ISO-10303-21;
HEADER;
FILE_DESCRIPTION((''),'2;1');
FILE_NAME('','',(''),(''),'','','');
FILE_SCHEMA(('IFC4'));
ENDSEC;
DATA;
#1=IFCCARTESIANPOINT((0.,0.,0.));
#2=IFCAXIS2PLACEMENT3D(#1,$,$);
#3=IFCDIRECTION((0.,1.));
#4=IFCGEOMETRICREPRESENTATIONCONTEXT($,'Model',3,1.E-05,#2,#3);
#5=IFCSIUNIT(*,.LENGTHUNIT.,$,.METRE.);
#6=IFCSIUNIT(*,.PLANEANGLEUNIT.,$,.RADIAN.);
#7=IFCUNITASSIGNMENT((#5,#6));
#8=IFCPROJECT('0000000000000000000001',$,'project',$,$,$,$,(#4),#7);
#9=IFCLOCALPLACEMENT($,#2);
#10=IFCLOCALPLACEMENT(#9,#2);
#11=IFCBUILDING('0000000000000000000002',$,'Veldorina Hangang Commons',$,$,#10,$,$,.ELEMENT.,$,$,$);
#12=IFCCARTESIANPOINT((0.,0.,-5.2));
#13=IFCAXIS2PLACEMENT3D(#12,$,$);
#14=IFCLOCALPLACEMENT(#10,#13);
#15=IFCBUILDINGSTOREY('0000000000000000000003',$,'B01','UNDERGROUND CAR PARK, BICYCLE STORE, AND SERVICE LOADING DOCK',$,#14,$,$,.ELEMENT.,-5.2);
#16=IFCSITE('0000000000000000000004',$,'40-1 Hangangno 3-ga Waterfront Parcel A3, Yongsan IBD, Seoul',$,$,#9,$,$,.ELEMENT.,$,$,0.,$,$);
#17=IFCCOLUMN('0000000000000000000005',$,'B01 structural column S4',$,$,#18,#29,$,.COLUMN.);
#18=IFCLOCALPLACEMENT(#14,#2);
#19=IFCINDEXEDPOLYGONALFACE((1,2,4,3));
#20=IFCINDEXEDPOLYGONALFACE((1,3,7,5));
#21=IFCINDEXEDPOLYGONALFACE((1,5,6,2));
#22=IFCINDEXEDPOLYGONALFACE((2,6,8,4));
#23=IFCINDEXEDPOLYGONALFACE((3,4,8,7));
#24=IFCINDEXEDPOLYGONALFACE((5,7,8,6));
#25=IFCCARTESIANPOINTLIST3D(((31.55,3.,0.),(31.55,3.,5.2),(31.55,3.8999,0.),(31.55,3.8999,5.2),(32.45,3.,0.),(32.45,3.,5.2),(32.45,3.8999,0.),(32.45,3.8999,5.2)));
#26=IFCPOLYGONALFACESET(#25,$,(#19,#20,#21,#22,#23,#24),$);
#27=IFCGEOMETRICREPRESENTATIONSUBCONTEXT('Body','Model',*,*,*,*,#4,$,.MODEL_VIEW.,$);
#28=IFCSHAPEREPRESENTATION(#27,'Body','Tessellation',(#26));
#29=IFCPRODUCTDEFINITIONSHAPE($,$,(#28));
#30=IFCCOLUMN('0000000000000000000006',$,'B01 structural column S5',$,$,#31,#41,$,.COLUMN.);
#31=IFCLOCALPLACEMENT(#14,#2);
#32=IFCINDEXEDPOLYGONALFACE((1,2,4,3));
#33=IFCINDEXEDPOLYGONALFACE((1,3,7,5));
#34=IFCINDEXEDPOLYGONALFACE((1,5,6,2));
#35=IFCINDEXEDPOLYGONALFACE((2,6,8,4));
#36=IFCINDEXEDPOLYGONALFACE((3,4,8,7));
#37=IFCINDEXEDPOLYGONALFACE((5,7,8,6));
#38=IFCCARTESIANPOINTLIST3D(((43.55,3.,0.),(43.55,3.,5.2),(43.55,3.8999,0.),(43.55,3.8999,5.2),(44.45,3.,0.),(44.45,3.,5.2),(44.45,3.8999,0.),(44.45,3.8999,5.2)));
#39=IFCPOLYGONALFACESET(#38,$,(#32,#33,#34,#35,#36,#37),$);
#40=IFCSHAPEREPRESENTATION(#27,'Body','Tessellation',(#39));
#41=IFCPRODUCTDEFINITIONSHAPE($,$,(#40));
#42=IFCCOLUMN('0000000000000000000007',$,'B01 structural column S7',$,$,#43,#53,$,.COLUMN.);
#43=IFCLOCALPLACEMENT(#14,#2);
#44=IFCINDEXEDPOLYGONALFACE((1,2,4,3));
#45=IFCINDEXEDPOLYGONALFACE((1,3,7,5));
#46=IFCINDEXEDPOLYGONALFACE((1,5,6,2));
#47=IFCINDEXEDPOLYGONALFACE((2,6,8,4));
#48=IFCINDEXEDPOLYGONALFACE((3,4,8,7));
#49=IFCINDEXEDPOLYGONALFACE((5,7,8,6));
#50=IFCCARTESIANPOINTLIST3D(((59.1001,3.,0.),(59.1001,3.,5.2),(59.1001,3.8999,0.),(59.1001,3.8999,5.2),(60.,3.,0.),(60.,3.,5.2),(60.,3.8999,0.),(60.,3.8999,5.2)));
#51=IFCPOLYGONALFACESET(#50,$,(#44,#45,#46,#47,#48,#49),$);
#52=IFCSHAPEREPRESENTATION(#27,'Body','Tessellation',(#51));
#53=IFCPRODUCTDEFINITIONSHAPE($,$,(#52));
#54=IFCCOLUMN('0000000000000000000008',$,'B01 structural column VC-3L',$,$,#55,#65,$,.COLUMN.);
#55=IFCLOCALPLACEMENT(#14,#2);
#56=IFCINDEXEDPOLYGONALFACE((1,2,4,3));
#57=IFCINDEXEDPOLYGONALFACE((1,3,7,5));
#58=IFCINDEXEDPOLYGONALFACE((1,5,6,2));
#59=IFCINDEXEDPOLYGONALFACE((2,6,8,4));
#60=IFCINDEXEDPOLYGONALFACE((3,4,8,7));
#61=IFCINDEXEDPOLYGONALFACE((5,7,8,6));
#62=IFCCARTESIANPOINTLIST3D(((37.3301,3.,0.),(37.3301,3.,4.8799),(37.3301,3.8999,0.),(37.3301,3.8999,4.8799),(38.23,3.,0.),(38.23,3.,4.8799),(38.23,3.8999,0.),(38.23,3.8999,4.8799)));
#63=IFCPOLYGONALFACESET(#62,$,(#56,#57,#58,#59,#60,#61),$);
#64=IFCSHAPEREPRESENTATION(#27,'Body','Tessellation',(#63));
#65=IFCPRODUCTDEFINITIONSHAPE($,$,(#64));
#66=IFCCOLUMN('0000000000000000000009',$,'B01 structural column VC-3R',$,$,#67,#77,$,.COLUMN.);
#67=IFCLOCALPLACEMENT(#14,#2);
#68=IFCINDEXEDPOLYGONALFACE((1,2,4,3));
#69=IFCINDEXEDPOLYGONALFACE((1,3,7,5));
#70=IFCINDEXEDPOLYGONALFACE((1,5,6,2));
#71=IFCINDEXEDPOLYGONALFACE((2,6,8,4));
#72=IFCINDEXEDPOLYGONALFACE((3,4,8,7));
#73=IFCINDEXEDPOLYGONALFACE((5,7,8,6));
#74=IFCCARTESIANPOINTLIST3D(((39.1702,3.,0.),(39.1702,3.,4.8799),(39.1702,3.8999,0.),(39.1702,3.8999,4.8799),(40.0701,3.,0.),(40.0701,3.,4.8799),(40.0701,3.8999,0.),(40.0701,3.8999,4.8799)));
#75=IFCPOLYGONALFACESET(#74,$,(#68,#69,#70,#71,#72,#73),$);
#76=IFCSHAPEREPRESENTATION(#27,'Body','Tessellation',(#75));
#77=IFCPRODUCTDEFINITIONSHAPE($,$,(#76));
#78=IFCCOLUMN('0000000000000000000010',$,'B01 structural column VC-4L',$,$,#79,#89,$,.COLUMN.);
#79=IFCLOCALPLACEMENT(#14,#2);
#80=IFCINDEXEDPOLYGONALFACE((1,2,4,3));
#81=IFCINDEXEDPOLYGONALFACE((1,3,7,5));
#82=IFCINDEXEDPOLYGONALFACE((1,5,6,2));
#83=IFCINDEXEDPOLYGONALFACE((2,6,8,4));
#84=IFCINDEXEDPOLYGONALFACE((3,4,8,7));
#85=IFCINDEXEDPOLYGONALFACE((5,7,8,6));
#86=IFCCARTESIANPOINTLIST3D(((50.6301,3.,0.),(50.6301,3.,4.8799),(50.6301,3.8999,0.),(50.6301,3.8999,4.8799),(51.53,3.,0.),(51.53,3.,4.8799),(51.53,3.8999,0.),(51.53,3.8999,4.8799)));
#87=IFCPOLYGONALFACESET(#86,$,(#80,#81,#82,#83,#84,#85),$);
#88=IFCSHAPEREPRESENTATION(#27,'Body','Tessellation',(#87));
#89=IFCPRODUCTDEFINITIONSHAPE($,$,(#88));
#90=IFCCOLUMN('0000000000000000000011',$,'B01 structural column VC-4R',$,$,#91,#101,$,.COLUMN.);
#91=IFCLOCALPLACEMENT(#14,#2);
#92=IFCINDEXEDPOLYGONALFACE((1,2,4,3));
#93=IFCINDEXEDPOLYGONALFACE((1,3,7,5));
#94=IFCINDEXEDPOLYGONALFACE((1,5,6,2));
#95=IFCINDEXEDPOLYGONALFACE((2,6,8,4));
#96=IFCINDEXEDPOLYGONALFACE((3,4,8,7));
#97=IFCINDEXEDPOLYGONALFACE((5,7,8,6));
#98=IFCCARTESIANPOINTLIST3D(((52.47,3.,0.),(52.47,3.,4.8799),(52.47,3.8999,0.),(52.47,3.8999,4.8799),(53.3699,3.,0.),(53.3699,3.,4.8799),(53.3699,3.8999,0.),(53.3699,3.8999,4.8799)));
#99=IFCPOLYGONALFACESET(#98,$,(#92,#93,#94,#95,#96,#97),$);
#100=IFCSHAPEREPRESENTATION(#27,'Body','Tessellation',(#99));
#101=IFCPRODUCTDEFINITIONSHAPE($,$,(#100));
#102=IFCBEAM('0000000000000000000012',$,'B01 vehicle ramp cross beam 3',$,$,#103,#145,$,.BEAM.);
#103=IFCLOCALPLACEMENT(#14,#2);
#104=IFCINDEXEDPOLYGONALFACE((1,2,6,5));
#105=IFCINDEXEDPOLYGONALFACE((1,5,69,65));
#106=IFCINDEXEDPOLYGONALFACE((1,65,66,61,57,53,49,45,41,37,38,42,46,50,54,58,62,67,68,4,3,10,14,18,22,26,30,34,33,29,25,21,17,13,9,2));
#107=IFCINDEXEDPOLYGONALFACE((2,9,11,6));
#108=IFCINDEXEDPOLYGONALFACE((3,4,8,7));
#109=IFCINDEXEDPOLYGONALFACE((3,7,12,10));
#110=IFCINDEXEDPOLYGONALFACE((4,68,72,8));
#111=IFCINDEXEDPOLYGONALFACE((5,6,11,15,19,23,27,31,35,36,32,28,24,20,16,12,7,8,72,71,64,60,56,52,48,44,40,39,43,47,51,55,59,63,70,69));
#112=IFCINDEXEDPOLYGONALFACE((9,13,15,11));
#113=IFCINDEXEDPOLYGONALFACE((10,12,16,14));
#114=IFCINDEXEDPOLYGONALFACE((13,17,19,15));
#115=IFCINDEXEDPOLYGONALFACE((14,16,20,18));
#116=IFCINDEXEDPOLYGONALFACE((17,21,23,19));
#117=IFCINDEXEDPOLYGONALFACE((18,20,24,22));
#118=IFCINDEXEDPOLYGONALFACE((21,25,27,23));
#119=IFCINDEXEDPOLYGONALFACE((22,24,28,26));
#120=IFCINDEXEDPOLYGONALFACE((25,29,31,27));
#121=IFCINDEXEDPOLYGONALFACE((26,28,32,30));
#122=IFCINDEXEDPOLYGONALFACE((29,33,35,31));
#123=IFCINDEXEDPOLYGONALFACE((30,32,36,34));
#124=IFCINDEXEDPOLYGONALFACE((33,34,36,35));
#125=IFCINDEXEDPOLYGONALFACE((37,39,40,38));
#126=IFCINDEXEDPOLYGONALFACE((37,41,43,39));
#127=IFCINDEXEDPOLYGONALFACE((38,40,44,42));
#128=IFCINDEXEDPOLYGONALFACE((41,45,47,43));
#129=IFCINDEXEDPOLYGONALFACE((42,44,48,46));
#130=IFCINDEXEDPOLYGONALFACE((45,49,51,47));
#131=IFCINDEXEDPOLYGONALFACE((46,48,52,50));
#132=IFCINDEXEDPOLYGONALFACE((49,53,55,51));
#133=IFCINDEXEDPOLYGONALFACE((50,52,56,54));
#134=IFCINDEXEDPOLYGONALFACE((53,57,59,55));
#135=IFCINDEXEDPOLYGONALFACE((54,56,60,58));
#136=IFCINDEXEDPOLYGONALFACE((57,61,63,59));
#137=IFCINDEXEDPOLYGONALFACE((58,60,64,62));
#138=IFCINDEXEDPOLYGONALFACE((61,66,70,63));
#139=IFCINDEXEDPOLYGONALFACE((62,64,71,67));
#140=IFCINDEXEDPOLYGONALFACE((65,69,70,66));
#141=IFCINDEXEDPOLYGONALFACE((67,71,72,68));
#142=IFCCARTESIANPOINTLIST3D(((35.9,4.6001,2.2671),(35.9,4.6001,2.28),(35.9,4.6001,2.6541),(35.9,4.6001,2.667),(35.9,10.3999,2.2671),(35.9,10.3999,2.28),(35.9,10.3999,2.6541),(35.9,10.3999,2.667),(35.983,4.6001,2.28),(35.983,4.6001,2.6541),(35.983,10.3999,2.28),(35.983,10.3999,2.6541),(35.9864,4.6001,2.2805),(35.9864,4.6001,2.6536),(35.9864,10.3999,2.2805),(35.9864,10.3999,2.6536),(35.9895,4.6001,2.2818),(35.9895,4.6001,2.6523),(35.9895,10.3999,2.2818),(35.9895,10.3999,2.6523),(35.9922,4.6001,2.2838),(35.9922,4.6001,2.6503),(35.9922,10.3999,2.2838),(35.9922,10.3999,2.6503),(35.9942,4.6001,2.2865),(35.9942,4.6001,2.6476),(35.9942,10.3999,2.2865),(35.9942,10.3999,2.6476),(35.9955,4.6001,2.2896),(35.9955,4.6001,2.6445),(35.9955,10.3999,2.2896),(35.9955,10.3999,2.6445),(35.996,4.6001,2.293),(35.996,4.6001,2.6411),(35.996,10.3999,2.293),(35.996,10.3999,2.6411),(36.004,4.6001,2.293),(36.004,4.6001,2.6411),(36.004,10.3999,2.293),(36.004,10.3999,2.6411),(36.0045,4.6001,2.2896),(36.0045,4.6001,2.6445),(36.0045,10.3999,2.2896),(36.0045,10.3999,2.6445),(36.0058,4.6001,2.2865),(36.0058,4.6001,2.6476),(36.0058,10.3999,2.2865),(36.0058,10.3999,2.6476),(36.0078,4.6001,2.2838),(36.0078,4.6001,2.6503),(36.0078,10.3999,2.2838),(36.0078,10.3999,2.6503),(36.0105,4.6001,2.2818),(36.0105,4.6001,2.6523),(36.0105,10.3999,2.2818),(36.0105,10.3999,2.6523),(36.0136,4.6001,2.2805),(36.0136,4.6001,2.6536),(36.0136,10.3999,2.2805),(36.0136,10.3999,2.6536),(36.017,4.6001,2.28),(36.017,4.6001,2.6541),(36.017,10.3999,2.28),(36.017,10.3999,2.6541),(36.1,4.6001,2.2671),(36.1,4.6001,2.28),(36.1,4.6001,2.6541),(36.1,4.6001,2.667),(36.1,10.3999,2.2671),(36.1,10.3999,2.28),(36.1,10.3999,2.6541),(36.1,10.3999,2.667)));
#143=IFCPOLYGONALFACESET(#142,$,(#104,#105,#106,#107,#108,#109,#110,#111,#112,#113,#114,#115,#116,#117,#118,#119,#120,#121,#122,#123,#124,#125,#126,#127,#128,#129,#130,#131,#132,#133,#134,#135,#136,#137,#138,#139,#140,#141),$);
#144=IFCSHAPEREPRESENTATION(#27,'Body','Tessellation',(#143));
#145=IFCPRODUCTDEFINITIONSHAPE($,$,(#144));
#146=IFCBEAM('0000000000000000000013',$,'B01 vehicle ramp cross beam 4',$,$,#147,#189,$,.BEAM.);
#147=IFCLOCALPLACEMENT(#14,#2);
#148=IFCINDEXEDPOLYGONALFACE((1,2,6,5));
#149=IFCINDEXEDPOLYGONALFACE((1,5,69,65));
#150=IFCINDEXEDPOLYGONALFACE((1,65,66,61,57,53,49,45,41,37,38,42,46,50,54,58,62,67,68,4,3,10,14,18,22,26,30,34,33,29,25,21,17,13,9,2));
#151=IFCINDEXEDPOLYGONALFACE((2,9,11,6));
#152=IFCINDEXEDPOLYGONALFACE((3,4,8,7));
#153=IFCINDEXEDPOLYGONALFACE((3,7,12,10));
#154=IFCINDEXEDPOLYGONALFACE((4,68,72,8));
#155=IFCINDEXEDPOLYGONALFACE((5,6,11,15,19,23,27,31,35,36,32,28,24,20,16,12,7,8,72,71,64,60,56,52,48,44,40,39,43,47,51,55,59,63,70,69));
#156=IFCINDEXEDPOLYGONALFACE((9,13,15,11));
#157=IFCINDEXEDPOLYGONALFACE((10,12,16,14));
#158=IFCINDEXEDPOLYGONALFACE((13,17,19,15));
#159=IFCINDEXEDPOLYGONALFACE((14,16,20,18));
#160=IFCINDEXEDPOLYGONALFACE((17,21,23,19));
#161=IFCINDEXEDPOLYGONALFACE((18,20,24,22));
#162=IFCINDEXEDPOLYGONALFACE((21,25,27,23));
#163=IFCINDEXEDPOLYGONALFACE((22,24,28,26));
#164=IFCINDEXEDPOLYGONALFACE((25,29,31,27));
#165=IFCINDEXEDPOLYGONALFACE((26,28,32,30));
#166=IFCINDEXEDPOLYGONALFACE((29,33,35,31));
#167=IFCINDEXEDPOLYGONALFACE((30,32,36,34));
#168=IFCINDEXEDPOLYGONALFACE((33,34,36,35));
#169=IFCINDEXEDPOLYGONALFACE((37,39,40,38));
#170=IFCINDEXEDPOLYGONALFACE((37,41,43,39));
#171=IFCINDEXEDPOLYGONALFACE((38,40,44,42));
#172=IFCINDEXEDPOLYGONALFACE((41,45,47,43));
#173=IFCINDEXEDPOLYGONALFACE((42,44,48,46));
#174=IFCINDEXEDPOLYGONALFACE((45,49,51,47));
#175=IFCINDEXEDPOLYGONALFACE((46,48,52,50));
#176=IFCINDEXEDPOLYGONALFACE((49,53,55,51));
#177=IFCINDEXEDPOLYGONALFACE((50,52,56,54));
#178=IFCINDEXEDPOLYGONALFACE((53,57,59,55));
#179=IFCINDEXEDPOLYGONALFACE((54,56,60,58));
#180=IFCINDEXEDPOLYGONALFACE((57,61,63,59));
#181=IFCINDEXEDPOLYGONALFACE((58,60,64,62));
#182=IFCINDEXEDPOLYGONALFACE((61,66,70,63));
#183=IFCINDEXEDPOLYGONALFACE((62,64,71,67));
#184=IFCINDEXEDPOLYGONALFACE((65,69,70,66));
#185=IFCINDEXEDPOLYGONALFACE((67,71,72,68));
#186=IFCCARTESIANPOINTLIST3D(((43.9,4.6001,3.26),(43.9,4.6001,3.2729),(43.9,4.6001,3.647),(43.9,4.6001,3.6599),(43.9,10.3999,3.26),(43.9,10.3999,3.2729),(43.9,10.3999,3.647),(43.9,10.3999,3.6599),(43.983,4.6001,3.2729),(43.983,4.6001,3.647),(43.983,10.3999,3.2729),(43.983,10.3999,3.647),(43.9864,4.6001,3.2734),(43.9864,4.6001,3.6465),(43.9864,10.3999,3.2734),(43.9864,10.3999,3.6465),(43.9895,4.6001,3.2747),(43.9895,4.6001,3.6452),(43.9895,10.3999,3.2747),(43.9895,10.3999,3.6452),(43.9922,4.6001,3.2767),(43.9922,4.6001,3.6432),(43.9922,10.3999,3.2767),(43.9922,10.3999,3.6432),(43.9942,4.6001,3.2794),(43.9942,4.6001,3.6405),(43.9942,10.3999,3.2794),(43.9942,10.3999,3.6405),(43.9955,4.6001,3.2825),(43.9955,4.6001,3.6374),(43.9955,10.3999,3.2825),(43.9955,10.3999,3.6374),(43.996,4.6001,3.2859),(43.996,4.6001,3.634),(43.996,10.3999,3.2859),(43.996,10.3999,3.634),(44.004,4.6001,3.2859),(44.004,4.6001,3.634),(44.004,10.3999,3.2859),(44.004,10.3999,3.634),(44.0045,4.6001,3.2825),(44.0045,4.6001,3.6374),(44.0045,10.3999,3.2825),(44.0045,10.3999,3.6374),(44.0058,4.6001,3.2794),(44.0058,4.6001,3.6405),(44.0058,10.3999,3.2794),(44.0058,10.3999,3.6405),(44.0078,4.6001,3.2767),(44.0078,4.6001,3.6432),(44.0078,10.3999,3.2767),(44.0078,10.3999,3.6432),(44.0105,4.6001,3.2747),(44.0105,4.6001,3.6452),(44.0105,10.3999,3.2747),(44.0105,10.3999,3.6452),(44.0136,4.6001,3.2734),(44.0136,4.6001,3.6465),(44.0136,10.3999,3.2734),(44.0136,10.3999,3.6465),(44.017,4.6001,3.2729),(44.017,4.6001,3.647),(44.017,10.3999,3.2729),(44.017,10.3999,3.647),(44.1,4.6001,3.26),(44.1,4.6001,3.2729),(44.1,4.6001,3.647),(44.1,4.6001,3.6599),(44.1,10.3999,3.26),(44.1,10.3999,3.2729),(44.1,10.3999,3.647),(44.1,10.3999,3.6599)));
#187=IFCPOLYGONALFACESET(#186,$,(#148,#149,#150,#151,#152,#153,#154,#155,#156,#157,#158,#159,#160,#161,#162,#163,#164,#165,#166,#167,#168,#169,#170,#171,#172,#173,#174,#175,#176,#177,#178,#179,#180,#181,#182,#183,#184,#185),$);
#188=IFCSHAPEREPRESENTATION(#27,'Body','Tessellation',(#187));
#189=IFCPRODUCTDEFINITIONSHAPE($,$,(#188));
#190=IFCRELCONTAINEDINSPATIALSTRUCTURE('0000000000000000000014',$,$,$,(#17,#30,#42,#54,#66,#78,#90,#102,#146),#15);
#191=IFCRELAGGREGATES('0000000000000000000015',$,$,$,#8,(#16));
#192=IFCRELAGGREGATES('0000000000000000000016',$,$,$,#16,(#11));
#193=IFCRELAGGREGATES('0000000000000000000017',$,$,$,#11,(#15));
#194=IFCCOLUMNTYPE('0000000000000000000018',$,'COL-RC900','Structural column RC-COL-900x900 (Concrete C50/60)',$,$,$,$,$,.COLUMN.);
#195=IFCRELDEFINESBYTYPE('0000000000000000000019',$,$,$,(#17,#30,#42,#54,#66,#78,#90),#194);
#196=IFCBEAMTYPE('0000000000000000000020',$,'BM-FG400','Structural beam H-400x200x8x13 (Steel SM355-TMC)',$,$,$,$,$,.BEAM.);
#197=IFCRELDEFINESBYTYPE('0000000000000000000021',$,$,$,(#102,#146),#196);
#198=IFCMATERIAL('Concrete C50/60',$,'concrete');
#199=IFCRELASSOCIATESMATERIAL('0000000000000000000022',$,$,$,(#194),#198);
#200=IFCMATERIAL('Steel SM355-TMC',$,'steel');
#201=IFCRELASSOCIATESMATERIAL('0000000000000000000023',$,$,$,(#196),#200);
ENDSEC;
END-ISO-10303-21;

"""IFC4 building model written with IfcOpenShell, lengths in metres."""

from ifc_helpers import new_model, si_unit, direction, frame, origin, origin_2d, place, context, subcontext, project, spatial, rectangle, i_section, extrude, material, material_profile, profile_set, type_object, element, save


model = new_model("IFC4")

# Units and contexts
model_context = context("Model", 3, precision=1e-05, world=origin(), true_north=direction((0.0, 1.0)))
body_context = subcontext(model_context, "Body", "Model", "MODEL_VIEW")
ifc_project = project(units=[si_unit("LENGTHUNIT", "METRE"), si_unit("PLANEANGLEUNIT", "RADIAN")], contexts=[model_context])

# Site, building, storey
site_placement = place(None, origin())
site = spatial("IfcSite", under=ifc_project, at=site_placement, Name="40-1 Hangangno 3-ga Waterfront Parcel A3, Yongsan IBD, Seoul", CompositionType="ELEMENT", RefElevation=0.0)
building_placement = place(site_placement, origin())
building = spatial("IfcBuilding", under=site, at=building_placement, Name="Veldorina Hangang Commons", CompositionType="ELEMENT")
storey_placement = place(building_placement, frame((0.0, 0.0, -5.2)))
storey = spatial("IfcBuildingStorey", under=building, at=storey_placement, Name="B01", Description="UNDERGROUND CAR PARK, BICYCLE STORE, AND SERVICE LOADING DOCK", CompositionType="ELEMENT", Elevation=-5.2)

# Columns
ifc_material_1 = material(Name="Concrete C50/60", Category="concrete")
ifc_material_profile_1 = material_profile(ifc_material_1, rectangle(XDim=0.8999, YDim=0.8999, at=origin_2d()), Name="RC-COL-900x900")
ifc_profile_set_1 = profile_set([ifc_material_profile_1], Name="Concrete C50/60")
column_type_1 = type_object("IfcColumnType", Name="COL-RC900", Description="Structural column RC-COL-900x900 (Concrete C50/60)", PredefinedType="COLUMN", material=ifc_profile_set_1)
for number, where, z_axis, x_axis, name in (
    (1, (32.0, 3.45, 0.0), (0.0, 0.0, 1.0), (1.0, 0.0, 0.0), "B01 structural column S4"),
    (2, (44.0, 3.45, 0.0), (0.0, 0.0, 1.0), (1.0, 0.0, 0.0), "B01 structural column S5"),
    (3, (59.55, 3.45, 0.0), (0.0, 0.0, 1.0), (1.0, 0.0, 0.0), "B01 structural column S7"),
):
    element("IfcColumn", number, at=place(storey_placement, frame(where, z_axis=z_axis, x_axis=x_axis)), inside=storey, type_object=column_type_1, Name=name, PredefinedType="COLUMN", context=body_context, shape_type="SweptSolid", body=[
        extrude(rectangle(XDim=0.8999, YDim=0.8999, at=origin_2d()), origin(), (0.0, 0.0, 1.0), 5.2),
    ])
for number, where, z_axis, x_axis, name in (
    (4, (37.78, 3.45, 0.0), (0.0, 0.0, 1.0), (1.0, 0.0, 0.0), "B01 structural column VC-3L"),
    (5, (39.6201, 3.45, 0.0), (0.0, 0.0, 1.0), (1.0, 0.0, 0.0), "B01 structural column VC-3R"),
    (6, (51.0801, 3.45, 0.0), (0.0, 0.0, 1.0), (1.0, 0.0, 0.0), "B01 structural column VC-4L"),
    (7, (52.9199, 3.45, 0.0), (0.0, 0.0, 1.0), (1.0, 0.0, 0.0), "B01 structural column VC-4R"),
):
    element("IfcColumn", number, at=place(storey_placement, frame(where, z_axis=z_axis, x_axis=x_axis)), inside=storey, type_object=column_type_1, Name=name, PredefinedType="COLUMN", context=body_context, shape_type="SweptSolid", body=[
        extrude(rectangle(XDim=0.8999, YDim=0.8999, at=origin_2d()), origin(), (0.0, 0.0, 1.0), 4.8799),
    ])

# Beams
ifc_material_2 = material(Name="Steel SM355-TMC", Category="steel")
ifc_material_profile_2 = material_profile(ifc_material_2, i_section(OverallWidth=0.2, OverallDepth=0.3999, WebThickness=0.0081, FlangeThickness=0.0129, FilletRadius=0.0129, at=origin_2d()), Name="H-400x200x8x13")
ifc_profile_set_2 = profile_set([ifc_material_profile_2], Name="Steel SM355-TMC")
beam_type_1 = type_object("IfcBeamType", Name="BM-FG400", Description="Structural beam H-400x200x8x13 (Steel SM355-TMC)", PredefinedType="BEAM", material=ifc_profile_set_2)
for number, where, z_axis, x_axis, name in (
    (8, (36.0, 4.6001, 2.467), (0.0, 1.0, 0.0), (-1.0, 0.0, 0.0), "B01 vehicle ramp cross beam 3"),
    (9, (44.0, 4.6001, 3.46), (0.0, 1.0, 0.0), (-1.0, 0.0, 0.0), "B01 vehicle ramp cross beam 4"),
):
    element("IfcBeam", number, at=place(storey_placement, frame(where, z_axis=z_axis, x_axis=x_axis)), inside=storey, type_object=beam_type_1, Name=name, PredefinedType="BEAM", context=body_context, shape_type="SweptSolid", body=[
        extrude(i_section(OverallWidth=0.2, OverallDepth=0.3999, WebThickness=0.0081, FlangeThickness=0.0129, FilletRadius=0.0129, at=origin_2d()), origin(), (0.0, 0.0, 1.0), 5.7998),
    ])

save(model, "model.ifc")
